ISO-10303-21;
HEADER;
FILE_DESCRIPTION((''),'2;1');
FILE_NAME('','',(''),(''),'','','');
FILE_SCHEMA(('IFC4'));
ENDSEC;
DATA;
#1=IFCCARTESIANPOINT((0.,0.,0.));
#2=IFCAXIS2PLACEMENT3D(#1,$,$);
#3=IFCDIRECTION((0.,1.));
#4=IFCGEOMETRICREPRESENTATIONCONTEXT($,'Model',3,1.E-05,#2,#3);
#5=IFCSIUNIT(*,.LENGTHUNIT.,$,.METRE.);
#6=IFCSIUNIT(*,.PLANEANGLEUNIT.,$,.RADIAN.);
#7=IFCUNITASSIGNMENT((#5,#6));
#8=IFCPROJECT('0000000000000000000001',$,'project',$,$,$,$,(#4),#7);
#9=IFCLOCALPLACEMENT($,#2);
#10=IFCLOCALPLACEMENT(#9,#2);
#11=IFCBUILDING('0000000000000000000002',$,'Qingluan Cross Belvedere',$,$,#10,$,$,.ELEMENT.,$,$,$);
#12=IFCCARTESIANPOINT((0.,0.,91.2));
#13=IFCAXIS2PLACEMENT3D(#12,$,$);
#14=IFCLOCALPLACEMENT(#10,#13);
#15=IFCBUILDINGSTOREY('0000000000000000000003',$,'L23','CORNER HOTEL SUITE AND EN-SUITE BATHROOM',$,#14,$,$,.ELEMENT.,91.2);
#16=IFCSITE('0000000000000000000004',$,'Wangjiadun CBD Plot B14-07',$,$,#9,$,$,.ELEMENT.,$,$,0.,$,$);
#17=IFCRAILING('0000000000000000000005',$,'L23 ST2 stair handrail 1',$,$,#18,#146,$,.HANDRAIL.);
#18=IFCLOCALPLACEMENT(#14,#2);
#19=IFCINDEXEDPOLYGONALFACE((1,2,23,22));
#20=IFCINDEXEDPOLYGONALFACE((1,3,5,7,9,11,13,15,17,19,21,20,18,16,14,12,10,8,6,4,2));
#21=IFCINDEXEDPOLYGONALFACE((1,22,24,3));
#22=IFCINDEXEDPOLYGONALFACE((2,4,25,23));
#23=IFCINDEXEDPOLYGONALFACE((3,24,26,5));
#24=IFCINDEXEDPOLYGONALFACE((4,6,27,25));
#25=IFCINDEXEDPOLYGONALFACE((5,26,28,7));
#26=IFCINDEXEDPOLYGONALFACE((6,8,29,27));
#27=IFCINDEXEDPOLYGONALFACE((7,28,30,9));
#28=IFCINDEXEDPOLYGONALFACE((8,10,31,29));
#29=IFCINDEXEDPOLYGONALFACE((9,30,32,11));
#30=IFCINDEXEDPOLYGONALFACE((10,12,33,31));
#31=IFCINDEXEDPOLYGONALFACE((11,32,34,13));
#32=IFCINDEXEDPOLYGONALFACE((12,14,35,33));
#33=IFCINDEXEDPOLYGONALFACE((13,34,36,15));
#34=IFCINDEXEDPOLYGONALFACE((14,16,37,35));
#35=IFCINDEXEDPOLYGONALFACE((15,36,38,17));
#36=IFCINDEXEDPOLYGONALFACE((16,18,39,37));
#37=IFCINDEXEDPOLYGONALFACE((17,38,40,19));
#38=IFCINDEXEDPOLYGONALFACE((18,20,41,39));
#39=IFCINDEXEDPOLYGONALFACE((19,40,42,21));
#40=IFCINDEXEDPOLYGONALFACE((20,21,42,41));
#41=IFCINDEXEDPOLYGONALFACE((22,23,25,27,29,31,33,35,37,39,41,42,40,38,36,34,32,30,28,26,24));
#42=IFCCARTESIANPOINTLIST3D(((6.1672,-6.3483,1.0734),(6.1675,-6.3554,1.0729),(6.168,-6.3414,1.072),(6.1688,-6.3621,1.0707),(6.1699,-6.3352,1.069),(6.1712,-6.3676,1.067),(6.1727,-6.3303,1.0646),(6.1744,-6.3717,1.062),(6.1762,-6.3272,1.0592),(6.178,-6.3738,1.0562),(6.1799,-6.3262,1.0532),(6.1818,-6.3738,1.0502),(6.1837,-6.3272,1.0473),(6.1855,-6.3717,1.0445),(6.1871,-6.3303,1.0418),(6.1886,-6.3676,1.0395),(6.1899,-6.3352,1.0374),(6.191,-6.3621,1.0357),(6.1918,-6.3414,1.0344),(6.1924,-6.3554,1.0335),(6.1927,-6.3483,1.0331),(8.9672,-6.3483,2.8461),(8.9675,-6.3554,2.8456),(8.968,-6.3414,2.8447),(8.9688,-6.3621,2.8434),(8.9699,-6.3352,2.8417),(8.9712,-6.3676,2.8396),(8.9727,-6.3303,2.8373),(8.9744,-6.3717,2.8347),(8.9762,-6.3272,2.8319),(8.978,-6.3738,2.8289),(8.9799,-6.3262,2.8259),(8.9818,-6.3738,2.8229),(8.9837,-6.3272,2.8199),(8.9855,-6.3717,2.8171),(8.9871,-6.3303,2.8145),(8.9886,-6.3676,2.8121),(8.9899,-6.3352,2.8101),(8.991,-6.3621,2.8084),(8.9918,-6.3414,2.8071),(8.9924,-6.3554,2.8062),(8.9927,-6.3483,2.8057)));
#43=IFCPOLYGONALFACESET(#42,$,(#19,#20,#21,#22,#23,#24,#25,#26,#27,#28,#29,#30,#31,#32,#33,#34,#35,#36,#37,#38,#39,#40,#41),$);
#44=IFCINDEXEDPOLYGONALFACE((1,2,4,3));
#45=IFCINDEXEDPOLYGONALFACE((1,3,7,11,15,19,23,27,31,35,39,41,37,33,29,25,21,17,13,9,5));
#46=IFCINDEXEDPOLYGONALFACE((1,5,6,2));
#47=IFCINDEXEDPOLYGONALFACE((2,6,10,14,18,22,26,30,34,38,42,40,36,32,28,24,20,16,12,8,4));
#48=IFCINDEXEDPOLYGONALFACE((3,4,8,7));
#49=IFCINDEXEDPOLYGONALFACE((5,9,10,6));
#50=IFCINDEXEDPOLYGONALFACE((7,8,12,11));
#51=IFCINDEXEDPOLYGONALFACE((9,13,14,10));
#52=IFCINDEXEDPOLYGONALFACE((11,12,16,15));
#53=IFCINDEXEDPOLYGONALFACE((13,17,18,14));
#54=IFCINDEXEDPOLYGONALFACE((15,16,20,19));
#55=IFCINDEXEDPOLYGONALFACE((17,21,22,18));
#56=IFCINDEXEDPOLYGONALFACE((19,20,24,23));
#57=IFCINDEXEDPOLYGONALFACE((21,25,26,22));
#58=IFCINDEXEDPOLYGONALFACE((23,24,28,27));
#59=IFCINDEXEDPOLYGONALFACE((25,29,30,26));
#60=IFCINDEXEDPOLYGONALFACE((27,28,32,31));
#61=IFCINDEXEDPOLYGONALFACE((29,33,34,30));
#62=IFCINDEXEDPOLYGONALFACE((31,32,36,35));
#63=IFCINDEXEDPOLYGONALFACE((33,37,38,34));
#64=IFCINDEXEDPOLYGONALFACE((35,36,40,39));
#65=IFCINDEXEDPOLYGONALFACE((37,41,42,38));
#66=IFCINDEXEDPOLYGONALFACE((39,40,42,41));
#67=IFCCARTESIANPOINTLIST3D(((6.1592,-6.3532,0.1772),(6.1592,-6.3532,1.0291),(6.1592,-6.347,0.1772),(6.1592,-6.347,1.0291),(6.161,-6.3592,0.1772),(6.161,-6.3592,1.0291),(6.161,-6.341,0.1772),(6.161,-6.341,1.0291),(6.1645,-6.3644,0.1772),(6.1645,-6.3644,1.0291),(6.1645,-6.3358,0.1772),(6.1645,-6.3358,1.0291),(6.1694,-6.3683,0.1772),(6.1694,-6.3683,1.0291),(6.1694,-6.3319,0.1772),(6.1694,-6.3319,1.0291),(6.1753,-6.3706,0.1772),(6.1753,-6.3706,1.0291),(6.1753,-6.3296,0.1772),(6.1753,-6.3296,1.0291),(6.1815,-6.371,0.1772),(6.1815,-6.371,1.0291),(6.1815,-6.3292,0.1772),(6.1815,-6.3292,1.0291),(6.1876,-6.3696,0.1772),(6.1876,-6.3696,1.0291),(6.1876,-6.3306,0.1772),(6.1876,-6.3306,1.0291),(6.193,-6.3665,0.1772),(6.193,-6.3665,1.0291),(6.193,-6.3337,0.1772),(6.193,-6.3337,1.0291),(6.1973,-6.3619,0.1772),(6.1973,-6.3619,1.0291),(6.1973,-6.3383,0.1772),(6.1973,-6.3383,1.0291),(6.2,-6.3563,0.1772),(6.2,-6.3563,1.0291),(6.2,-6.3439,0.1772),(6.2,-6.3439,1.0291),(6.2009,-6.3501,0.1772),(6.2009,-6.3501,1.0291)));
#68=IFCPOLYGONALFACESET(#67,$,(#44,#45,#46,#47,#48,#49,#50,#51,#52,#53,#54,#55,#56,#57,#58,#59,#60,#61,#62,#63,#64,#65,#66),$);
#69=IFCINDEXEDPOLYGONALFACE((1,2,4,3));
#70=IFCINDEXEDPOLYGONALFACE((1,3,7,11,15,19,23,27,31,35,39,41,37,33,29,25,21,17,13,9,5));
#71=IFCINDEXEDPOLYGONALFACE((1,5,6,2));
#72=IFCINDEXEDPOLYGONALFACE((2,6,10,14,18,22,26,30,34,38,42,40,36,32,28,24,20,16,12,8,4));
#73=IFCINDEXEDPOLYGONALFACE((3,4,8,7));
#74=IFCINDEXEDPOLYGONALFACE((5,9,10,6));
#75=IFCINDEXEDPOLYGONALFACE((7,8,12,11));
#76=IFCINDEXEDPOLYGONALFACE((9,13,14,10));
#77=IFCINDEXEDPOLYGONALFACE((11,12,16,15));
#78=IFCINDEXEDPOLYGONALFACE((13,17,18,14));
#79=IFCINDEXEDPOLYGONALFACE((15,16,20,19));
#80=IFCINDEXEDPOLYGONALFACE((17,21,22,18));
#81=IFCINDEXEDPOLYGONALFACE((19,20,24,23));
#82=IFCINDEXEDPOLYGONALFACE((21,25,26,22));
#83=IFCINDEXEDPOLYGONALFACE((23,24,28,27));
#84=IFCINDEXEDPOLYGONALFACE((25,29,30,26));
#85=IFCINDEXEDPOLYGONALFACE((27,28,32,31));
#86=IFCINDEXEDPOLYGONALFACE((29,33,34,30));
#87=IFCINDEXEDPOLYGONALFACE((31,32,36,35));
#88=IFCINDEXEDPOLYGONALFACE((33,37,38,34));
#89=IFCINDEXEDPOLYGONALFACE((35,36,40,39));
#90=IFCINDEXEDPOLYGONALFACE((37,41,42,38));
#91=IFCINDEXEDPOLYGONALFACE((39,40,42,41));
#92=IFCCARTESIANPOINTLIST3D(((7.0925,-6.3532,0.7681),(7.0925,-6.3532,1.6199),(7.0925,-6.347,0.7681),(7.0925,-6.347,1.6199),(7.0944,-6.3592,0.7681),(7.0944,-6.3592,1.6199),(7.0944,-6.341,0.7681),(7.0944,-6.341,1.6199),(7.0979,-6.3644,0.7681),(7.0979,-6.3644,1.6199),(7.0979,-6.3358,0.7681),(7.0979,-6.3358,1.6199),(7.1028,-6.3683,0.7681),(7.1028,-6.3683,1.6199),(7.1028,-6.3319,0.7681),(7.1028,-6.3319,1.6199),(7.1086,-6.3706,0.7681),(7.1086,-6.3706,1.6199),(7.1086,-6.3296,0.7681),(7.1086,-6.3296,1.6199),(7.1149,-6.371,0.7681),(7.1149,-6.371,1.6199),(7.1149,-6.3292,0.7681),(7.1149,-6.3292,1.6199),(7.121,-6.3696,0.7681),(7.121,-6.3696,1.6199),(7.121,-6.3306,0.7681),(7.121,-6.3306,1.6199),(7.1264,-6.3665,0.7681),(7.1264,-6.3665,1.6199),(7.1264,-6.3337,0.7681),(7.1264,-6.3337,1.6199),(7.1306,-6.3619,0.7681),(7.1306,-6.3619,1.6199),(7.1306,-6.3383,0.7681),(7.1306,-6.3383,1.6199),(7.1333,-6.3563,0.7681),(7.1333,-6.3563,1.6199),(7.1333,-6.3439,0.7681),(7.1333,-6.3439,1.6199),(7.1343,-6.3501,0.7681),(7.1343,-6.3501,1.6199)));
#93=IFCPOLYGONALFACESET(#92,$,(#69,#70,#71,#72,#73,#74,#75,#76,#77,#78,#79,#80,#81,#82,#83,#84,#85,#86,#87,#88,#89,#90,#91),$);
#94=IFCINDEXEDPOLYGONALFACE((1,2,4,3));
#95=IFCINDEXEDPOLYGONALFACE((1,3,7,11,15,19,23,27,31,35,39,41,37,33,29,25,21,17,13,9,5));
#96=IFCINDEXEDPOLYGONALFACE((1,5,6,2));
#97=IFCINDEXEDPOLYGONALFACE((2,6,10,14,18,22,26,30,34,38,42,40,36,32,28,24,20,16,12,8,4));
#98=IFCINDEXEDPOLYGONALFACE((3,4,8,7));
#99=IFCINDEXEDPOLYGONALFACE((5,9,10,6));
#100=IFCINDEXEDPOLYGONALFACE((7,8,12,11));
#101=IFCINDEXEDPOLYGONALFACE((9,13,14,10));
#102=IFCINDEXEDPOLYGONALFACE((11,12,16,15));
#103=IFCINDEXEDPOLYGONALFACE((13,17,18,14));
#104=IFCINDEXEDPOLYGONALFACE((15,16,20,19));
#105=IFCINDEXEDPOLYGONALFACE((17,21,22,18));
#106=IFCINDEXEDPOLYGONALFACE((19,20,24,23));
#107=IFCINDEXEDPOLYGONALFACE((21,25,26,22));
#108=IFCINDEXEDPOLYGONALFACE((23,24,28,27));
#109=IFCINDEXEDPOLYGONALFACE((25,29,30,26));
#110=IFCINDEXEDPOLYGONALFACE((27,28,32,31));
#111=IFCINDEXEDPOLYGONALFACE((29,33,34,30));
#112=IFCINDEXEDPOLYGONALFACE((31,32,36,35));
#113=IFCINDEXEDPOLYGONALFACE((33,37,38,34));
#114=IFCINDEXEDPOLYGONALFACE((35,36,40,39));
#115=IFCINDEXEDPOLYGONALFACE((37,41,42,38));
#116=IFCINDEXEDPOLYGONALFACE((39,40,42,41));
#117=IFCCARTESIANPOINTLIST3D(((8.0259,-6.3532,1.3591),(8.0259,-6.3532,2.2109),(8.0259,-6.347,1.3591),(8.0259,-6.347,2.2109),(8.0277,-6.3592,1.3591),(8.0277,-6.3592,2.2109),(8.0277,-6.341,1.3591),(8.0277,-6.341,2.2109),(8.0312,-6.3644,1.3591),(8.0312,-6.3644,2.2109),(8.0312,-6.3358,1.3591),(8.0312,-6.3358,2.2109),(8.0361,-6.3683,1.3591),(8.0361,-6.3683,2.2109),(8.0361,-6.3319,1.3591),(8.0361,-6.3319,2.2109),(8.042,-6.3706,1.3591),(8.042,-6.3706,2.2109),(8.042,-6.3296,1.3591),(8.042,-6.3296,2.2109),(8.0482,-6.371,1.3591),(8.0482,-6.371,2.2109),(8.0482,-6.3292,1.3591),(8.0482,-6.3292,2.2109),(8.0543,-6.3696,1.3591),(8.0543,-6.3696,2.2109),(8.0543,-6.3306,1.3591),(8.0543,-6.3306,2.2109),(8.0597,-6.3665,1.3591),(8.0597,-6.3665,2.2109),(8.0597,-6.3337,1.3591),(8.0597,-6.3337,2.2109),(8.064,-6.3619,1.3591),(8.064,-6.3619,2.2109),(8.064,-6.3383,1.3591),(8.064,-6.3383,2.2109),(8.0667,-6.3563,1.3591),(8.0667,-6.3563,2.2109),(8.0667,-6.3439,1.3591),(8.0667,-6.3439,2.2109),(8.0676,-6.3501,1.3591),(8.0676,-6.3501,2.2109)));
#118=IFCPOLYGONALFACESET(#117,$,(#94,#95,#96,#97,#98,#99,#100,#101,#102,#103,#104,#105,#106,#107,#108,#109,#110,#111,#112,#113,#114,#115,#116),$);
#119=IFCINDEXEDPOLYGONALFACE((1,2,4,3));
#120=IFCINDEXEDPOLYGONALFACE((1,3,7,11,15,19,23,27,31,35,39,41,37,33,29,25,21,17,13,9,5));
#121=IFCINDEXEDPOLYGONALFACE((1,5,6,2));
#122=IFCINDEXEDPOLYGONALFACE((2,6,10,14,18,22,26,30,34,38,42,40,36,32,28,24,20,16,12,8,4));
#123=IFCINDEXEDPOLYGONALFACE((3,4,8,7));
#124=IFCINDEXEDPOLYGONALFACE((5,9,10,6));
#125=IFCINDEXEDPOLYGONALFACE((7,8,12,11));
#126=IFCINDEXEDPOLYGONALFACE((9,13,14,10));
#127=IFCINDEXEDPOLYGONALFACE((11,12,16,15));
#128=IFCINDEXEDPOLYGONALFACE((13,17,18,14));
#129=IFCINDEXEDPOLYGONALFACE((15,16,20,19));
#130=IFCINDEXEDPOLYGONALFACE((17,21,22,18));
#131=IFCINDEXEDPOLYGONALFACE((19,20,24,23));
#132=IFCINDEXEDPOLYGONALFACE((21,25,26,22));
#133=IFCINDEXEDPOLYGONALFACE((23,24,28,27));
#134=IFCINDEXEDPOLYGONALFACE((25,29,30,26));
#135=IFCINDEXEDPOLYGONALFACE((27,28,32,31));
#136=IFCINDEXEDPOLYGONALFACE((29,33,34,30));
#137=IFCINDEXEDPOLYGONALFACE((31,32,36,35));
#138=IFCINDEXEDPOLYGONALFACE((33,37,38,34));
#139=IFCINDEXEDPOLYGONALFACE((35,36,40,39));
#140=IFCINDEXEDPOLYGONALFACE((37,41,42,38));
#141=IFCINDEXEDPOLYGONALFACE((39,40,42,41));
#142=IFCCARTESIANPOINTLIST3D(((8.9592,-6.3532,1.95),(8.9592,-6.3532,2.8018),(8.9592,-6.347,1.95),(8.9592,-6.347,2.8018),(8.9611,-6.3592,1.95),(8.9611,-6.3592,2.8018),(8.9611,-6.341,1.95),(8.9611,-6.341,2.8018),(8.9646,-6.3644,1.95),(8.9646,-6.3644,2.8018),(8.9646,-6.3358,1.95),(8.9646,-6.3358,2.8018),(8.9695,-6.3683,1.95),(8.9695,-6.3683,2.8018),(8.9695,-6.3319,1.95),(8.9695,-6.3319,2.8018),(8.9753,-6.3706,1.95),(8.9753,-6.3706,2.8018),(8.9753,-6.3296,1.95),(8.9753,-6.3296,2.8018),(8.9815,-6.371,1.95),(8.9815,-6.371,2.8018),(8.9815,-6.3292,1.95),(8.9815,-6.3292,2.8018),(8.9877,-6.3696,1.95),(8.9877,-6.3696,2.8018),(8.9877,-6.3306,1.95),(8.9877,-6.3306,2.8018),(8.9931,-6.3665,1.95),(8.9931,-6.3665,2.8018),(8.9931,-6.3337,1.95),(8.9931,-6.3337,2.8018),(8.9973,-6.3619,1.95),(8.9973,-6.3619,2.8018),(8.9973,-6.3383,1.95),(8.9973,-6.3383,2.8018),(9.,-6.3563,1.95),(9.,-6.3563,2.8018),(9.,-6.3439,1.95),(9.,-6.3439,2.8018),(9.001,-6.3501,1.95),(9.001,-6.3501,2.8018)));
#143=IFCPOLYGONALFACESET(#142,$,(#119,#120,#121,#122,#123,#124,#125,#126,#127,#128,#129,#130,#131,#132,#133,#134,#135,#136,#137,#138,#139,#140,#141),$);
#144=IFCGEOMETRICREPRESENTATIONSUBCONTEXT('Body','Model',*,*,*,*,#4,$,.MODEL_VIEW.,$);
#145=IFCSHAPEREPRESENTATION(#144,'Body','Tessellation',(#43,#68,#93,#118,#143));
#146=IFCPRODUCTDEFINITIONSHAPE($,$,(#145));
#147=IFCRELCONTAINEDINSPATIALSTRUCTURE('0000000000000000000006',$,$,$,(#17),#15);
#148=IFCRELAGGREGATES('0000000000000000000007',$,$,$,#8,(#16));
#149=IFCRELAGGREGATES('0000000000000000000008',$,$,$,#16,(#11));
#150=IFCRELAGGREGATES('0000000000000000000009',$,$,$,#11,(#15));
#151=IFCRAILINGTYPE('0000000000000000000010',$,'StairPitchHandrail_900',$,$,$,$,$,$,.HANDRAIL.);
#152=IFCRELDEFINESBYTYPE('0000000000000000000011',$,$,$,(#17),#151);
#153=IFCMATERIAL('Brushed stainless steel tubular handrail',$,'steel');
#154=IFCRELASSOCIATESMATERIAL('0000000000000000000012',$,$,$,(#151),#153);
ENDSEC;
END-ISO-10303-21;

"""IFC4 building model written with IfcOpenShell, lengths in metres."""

from ifc_helpers import new_model, si_unit, direction, frame, origin, origin_2d, place, context, subcontext, project, spatial, circle, extrude, material, type_object, element, save


model = new_model("IFC4")

# Units and contexts
model_context = context("Model", 3, precision=1e-05, world=origin(), true_north=direction((0.0, 1.0)))
body_context = subcontext(model_context, "Body", "Model", "MODEL_VIEW")
ifc_project = project(units=[si_unit("LENGTHUNIT", "METRE"), si_unit("PLANEANGLEUNIT", "RADIAN")], contexts=[model_context])

# Site, building, storey
site_placement = place(None, origin())
site = spatial("IfcSite", under=ifc_project, at=site_placement, Name="Wangjiadun CBD Plot B14-07", CompositionType="ELEMENT", RefElevation=0.0)
building_placement = place(site_placement, origin())
building = spatial("IfcBuilding", under=site, at=building_placement, Name="Qingluan Cross Belvedere", CompositionType="ELEMENT")
storey_placement = place(building_placement, frame((0.0, 0.0, 91.2)))
storey = spatial("IfcBuildingStorey", under=building, at=storey_placement, Name="L23", Description="CORNER HOTEL SUITE AND EN-SUITE BATHROOM", CompositionType="ELEMENT", Elevation=91.2)

# Railing
ifc_material_1 = material(Name="Brushed stainless steel tubular handrail", Category="steel")
railing_type_1 = type_object("IfcRailingType", Name="StairPitchHandrail_900", PredefinedType="HANDRAIL", material=ifc_material_1)
for number, where, name in (
    (1, (6.1799, -6.3501, 0.1772), "L23 ST2 stair handrail 1"),
):
    element("IfcRailing", number, at=place(storey_placement, frame(where)), inside=storey, type_object=railing_type_1, Name=name, PredefinedType="HANDRAIL", context=body_context, shape_type="SweptSolid", body=[
        extrude(circle(Radius=0.0239, at=origin_2d()), frame((0.0, 0.0, 0.876), z_axis=(0.844909, 0.0, 0.53491), x_axis=(0.0, 1.0, 0.0)), (0.0, 0.0, 1.0), 3.314),
        extrude(circle(Radius=0.021, at=origin_2d()), origin(), (0.0, 0.0, 1.0), 0.8518),
        extrude(circle(Radius=0.021, at=origin_2d()), frame((0.9333, 0.0, 0.5908)), (0.0, 0.0, 1.0), 0.8518),
        extrude(circle(Radius=0.021, at=origin_2d()), frame((1.8667, 0.0, 1.1819)), (0.0, 0.0, 1.0), 0.8518),
        extrude(circle(Radius=0.021, at=origin_2d()), frame((2.8, 0.0, 1.7727)), (0.0, 0.0, 1.0), 0.8518),
    ])

save(model, "model.ifc")
